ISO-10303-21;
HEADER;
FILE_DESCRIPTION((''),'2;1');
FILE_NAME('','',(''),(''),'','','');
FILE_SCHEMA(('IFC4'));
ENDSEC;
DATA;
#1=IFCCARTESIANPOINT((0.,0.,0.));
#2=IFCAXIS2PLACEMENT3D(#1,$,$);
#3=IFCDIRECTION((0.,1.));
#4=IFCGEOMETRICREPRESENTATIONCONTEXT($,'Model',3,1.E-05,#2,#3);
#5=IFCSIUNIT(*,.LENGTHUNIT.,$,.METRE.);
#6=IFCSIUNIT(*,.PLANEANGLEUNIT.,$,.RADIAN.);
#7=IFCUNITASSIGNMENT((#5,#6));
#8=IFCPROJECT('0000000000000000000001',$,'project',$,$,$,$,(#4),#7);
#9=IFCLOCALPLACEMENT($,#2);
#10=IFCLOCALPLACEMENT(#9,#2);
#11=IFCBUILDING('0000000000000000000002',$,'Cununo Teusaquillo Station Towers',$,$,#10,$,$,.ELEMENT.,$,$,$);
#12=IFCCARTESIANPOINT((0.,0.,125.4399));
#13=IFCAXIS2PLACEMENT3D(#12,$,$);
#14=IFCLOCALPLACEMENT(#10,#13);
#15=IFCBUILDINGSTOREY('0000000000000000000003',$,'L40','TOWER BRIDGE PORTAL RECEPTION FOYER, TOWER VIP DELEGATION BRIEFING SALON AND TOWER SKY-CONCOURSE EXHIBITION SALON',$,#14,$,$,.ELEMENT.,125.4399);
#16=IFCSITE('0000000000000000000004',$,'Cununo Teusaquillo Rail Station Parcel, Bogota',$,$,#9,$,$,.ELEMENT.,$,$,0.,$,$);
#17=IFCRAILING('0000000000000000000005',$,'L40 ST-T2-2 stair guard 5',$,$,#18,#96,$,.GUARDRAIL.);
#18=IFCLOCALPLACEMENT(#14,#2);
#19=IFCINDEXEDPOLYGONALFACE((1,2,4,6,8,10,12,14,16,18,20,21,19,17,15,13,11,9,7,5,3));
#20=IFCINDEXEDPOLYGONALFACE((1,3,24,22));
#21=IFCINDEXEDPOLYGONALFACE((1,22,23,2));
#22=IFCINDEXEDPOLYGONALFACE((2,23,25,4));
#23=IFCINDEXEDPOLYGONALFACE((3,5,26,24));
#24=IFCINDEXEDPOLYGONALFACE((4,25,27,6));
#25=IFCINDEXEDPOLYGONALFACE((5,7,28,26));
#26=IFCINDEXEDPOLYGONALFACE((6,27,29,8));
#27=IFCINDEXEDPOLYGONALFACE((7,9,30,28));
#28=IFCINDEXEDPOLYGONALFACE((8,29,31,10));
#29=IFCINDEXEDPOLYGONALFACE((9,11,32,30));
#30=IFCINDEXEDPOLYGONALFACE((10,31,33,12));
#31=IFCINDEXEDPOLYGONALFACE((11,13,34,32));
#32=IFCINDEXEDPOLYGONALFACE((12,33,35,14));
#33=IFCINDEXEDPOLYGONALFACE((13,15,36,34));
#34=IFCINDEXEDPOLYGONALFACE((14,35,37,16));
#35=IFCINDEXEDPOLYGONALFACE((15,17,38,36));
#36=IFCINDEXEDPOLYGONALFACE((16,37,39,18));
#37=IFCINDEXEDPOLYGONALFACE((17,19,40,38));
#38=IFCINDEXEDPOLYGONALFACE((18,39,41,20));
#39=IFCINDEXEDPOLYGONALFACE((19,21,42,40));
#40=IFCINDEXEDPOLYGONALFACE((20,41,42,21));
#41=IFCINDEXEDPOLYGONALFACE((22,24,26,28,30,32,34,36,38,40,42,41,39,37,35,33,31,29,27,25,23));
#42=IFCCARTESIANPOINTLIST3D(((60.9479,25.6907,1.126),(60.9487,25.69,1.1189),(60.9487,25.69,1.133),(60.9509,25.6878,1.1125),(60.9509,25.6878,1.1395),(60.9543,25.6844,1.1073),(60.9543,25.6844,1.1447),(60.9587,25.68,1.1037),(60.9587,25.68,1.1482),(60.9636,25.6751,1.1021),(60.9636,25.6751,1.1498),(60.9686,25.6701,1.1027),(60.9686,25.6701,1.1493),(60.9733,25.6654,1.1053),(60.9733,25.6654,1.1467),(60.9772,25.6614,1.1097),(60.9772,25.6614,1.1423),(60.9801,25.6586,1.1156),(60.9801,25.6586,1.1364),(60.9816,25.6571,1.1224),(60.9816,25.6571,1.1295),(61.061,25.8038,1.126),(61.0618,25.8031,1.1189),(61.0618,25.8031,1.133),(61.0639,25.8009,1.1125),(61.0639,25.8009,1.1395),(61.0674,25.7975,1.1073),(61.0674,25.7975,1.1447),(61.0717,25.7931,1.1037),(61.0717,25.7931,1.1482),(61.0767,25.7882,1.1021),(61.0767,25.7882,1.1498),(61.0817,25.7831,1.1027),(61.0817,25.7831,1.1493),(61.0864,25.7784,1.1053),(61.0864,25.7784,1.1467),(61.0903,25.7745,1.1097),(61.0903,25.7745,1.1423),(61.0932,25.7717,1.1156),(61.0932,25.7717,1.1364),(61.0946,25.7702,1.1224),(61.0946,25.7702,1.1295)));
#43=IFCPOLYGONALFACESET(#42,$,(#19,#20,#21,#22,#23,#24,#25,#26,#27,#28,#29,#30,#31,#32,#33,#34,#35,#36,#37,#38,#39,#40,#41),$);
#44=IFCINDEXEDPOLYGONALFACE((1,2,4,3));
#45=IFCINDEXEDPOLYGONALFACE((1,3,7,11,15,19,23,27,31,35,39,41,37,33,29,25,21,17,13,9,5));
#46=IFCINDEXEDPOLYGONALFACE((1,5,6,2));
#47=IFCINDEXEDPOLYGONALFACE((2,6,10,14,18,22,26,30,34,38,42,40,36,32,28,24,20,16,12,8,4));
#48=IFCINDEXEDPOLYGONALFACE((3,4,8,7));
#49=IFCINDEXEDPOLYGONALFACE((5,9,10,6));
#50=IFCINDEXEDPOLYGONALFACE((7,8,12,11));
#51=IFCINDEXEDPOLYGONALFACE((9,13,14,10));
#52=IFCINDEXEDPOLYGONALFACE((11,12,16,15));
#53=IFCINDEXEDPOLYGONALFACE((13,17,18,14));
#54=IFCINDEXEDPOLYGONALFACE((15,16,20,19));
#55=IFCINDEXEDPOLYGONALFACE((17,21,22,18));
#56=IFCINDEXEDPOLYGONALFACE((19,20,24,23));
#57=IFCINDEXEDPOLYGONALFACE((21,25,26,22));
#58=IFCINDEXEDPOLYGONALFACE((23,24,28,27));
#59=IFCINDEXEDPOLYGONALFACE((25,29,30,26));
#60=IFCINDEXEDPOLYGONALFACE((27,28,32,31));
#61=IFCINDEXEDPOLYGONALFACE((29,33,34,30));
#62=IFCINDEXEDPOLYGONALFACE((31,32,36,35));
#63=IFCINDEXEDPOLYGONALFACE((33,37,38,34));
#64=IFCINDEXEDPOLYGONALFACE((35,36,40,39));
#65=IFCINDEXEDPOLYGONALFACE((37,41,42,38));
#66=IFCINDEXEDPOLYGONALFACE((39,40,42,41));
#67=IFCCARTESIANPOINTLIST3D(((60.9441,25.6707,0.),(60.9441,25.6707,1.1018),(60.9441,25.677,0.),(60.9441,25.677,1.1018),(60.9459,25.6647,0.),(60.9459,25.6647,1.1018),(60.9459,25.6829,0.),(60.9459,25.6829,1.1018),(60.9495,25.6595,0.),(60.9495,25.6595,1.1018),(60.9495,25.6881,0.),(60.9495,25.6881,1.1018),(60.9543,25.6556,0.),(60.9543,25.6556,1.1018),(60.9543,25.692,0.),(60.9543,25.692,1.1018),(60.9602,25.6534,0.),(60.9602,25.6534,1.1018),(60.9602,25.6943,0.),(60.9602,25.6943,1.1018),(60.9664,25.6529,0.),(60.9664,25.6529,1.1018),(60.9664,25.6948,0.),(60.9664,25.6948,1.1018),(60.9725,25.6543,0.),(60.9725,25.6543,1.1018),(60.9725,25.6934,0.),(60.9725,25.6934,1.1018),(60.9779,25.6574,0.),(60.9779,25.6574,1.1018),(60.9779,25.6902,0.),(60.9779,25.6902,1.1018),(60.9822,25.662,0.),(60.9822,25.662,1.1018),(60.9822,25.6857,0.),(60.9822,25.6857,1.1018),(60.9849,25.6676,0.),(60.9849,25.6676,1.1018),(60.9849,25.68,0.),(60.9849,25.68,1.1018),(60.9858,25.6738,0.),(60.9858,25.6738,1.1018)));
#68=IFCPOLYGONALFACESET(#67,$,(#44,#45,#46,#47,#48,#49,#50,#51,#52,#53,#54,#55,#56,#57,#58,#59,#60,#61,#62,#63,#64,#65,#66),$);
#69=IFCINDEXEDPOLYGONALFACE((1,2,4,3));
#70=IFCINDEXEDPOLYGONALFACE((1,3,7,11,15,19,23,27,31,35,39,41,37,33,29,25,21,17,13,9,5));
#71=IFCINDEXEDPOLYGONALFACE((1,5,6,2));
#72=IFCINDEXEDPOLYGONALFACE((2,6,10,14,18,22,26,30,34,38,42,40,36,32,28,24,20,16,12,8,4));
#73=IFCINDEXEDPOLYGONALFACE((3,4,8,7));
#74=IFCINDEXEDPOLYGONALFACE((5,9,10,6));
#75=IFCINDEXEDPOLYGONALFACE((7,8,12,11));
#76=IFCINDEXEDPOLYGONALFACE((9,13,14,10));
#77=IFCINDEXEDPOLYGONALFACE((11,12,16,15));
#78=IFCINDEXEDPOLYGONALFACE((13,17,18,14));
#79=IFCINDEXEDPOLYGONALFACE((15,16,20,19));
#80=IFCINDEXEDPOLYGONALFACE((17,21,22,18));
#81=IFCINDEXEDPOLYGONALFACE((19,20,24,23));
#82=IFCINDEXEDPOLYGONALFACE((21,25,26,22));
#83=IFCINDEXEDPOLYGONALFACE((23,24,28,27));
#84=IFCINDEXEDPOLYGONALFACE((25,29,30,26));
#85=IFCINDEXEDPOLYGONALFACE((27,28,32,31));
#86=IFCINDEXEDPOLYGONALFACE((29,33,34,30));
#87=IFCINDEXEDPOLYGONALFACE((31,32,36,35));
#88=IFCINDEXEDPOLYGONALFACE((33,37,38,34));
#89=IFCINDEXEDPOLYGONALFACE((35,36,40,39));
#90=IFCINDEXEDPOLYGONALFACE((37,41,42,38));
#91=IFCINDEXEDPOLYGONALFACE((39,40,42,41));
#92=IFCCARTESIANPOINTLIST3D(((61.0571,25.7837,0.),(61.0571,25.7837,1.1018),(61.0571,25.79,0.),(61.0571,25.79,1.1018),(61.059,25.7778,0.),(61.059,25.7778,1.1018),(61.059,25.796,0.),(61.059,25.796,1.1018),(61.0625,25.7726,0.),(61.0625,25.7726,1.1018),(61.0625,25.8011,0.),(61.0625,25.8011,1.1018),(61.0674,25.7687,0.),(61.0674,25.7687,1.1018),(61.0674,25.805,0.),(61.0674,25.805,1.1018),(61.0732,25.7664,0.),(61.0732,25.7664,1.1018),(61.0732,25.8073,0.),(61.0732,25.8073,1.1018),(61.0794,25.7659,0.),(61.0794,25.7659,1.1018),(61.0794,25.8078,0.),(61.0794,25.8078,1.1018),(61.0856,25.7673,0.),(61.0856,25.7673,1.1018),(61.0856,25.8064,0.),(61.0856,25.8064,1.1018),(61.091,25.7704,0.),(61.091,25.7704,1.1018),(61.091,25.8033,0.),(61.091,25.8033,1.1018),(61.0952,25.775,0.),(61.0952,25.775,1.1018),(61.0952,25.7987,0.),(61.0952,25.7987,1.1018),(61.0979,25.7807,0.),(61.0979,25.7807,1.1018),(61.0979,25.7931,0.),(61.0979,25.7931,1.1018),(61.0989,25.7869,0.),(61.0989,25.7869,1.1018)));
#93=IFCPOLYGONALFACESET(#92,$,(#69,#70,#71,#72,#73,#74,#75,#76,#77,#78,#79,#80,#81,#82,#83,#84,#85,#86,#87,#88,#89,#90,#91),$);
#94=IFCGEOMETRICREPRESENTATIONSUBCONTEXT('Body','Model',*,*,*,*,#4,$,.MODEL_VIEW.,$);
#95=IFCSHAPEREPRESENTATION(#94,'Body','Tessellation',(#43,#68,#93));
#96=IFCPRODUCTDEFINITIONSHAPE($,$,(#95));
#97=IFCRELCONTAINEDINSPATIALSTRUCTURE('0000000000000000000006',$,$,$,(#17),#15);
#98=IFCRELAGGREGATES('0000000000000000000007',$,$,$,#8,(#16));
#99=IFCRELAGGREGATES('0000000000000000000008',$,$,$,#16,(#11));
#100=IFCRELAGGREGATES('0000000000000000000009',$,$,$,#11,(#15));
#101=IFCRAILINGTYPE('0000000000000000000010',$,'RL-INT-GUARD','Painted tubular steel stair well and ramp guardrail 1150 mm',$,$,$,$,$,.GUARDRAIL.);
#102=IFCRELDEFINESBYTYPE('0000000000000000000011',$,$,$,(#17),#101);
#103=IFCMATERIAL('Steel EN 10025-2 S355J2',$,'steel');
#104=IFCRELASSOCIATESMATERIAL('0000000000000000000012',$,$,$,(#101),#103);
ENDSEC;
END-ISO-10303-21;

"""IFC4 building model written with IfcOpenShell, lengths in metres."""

from ifc_helpers import new_model, si_unit, direction, frame, origin, origin_2d, place, context, subcontext, project, spatial, circle, extrude, material, type_object, element, save


model = new_model("IFC4")

# Units and contexts
model_context = context("Model", 3, precision=1e-05, world=origin(), true_north=direction((0.0, 1.0)))
body_context = subcontext(model_context, "Body", "Model", "MODEL_VIEW")
ifc_project = project(units=[si_unit("LENGTHUNIT", "METRE"), si_unit("PLANEANGLEUNIT", "RADIAN")], contexts=[model_context])

# Site, building, storey
site_placement = place(None, origin())
site = spatial("IfcSite", under=ifc_project, at=site_placement, Name="Cununo Teusaquillo Rail Station Parcel, Bogota", CompositionType="ELEMENT", RefElevation=0.0)
building_placement = place(site_placement, origin())
building = spatial("IfcBuilding", under=site, at=building_placement, Name="Cununo Teusaquillo Station Towers", CompositionType="ELEMENT")
storey_placement = place(building_placement, frame((0.0, 0.0, 125.4399)))
storey = spatial("IfcBuildingStorey", under=building, at=storey_placement, Name="L40", Description="TOWER BRIDGE PORTAL RECEPTION FOYER, TOWER VIP DELEGATION BRIEFING SALON AND TOWER SKY-CONCOURSE EXHIBITION SALON", CompositionType="ELEMENT", Elevation=125.4399)

# Railing
ifc_material_1 = material(Name="Steel EN 10025-2 S355J2", Category="steel")
railing_type_1 = type_object("IfcRailingType", Name="RL-INT-GUARD", Description="Painted tubular steel stair well and ramp guardrail 1150 mm", PredefinedType="GUARDRAIL", material=ifc_material_1)
railing_1_placement = place(storey_placement, frame((60.9648, 25.6738, 0.0)))
element("IfcRailing", 1, at=railing_1_placement, inside=storey, type_object=railing_type_1, Name="L40 ST-T2-2 stair guard 5", PredefinedType="GUARDRAIL", context=body_context, shape_type="SweptSolid", body=[
    extrude(circle(Radius=0.0239, at=origin_2d()), frame((0.0, 0.0, 1.126), z_axis=(0.707107, 0.707107, 0.0), x_axis=(-0.707107, 0.707107, 0.0)), (0.0, 0.0, 1.0), 0.1599),
    extrude(circle(Radius=0.021, at=origin_2d()), origin(), (0.0, 0.0, 1.0), 1.1018),
    extrude(circle(Radius=0.021, at=origin_2d()), frame((0.113, 0.113, 0.0)), (0.0, 0.0, 1.0), 1.1018),
])

save(model, "model.ifc")
